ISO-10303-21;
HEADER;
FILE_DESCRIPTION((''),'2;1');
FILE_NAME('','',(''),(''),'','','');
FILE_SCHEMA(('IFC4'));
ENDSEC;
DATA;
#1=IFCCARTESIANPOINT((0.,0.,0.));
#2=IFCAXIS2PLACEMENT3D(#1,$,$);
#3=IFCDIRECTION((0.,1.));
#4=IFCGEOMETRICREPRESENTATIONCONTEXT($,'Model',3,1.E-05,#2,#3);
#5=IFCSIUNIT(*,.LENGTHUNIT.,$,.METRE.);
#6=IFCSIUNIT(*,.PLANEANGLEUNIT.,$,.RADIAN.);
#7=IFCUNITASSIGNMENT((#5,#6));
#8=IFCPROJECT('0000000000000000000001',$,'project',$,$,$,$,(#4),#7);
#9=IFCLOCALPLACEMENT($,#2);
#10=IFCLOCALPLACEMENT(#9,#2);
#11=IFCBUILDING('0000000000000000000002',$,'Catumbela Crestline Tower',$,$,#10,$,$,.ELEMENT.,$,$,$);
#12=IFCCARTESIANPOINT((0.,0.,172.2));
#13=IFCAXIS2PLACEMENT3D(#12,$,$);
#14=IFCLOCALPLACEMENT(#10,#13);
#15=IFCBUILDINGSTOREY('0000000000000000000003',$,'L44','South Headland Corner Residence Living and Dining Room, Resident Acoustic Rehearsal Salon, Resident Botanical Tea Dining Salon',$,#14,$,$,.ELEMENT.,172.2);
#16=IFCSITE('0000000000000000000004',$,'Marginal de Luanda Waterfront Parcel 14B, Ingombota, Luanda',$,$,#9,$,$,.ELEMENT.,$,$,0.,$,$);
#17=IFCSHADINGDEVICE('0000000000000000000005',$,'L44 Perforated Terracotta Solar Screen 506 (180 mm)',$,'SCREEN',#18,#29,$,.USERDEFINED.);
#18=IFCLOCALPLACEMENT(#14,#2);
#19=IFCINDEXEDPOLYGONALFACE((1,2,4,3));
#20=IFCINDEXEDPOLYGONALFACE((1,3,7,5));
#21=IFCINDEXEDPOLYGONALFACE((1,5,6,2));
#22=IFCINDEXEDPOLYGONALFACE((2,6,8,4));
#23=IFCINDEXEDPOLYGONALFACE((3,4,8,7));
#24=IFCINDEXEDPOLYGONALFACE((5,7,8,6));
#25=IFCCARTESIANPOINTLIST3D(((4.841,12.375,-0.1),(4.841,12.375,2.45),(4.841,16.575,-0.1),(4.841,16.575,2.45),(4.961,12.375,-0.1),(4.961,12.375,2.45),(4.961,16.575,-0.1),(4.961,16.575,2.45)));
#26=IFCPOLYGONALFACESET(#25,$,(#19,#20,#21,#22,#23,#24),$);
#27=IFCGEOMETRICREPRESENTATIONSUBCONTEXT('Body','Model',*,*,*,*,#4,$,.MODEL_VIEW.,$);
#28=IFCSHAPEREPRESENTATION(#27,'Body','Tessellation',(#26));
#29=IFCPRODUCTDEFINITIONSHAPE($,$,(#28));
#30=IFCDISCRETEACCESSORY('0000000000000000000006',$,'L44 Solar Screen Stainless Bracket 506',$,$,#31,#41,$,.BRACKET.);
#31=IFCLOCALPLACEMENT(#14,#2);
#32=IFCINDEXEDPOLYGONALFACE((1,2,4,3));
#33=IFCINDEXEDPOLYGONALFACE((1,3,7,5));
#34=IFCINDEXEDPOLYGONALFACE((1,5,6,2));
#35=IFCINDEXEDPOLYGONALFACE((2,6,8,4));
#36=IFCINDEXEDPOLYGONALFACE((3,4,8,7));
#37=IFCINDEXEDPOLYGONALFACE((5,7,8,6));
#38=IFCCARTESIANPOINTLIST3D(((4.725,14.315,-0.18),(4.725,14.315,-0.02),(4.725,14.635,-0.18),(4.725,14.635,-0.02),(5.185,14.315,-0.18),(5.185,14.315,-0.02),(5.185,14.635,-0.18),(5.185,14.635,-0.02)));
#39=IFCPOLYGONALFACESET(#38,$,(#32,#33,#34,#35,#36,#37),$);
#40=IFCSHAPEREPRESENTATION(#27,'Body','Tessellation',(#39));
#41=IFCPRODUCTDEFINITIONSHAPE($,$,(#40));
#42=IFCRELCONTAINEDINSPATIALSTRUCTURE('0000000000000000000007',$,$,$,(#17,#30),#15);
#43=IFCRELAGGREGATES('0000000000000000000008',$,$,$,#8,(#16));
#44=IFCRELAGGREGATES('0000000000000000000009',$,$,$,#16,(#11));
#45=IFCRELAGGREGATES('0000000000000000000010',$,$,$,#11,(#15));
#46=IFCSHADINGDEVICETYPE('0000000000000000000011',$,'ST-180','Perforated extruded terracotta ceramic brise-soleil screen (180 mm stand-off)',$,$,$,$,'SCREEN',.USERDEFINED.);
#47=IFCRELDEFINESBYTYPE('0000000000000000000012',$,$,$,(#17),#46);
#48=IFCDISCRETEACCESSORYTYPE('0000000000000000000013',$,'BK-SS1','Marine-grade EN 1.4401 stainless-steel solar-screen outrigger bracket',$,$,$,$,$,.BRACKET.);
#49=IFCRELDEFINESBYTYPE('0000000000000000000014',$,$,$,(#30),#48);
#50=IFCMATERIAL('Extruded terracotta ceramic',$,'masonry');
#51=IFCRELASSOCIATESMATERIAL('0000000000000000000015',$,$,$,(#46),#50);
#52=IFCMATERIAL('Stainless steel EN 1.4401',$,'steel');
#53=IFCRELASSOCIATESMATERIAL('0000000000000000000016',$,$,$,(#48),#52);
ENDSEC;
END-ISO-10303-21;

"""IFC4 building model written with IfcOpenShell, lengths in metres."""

from ifc_helpers import new_model, si_unit, direction, frame, origin, origin_2d, place, context, subcontext, project, spatial, rectangle, extrude, material, type_object, element, save


model = new_model("IFC4")

# Units and contexts
model_context = context("Model", 3, precision=1e-05, world=origin(), true_north=direction((0.0, 1.0)))
body_context = subcontext(model_context, "Body", "Model", "MODEL_VIEW")
ifc_project = project(units=[si_unit("LENGTHUNIT", "METRE"), si_unit("PLANEANGLEUNIT", "RADIAN")], contexts=[model_context])

# Site, building, storey
site_placement = place(None, origin())
site = spatial("IfcSite", under=ifc_project, at=site_placement, Name="Marginal de Luanda Waterfront Parcel 14B, Ingombota, Luanda", CompositionType="ELEMENT", RefElevation=0.0)
building_placement = place(site_placement, origin())
building = spatial("IfcBuilding", under=site, at=building_placement, Name="Catumbela Crestline Tower", CompositionType="ELEMENT")
storey_placement = place(building_placement, frame((0.0, 0.0, 172.2)))
storey = spatial("IfcBuildingStorey", under=building, at=storey_placement, Name="L44", Description="South Headland Corner Residence Living and Dining Room, Resident Acoustic Rehearsal Salon, Resident Botanical Tea Dining Salon", CompositionType="ELEMENT", Elevation=172.2)

# Shading device
ifc_material_1 = material(Name="Extruded terracotta ceramic", Category="masonry")
shading_device_type = type_object("IfcShadingDeviceType", Name="ST-180", Description="Perforated extruded terracotta ceramic brise-soleil screen (180 mm stand-off)", ElementType="SCREEN", PredefinedType="USERDEFINED", material=ifc_material_1)
shading_device_placement = place(storey_placement, frame((4.901, 14.475, -0.1), z_axis=(0.0, 0.0, 1.0), x_axis=(0.0, -1.0, 0.0)))
element("IfcShadingDevice", 1, at=shading_device_placement, inside=storey, type_object=shading_device_type, Name="L44 Perforated Terracotta Solar Screen 506 (180 mm)", ObjectType="SCREEN", PredefinedType="USERDEFINED", context=body_context, shape_type="SweptSolid", body=[
    extrude(rectangle(XDim=4.2, YDim=0.12, at=origin_2d()), origin(), (0.0, 0.0, 1.0), 2.55),
])

# Discrete accessory
ifc_material_2 = material(Name="Stainless steel EN 1.4401", Category="steel")
discrete_accessory_type = type_object("IfcDiscreteAccessoryType", Name="BK-SS1", Description="Marine-grade EN 1.4401 stainless-steel solar-screen outrigger bracket", PredefinedType="BRACKET", material=ifc_material_2)
discrete_accessory_placement = place(storey_placement, frame((4.955, 14.475, -0.18), z_axis=(0.0, 0.0, 1.0), x_axis=(0.0, -1.0, 0.0)))
element("IfcDiscreteAccessory", 2, at=discrete_accessory_placement, inside=storey, type_object=discrete_accessory_type, Name="L44 Solar Screen Stainless Bracket 506", PredefinedType="BRACKET", context=body_context, shape_type="SweptSolid", body=[
    extrude(rectangle(XDim=0.32, YDim=0.46, at=origin_2d()), origin(), (0.0, 0.0, 1.0), 0.16),
])

save(model, "model.ifc")
